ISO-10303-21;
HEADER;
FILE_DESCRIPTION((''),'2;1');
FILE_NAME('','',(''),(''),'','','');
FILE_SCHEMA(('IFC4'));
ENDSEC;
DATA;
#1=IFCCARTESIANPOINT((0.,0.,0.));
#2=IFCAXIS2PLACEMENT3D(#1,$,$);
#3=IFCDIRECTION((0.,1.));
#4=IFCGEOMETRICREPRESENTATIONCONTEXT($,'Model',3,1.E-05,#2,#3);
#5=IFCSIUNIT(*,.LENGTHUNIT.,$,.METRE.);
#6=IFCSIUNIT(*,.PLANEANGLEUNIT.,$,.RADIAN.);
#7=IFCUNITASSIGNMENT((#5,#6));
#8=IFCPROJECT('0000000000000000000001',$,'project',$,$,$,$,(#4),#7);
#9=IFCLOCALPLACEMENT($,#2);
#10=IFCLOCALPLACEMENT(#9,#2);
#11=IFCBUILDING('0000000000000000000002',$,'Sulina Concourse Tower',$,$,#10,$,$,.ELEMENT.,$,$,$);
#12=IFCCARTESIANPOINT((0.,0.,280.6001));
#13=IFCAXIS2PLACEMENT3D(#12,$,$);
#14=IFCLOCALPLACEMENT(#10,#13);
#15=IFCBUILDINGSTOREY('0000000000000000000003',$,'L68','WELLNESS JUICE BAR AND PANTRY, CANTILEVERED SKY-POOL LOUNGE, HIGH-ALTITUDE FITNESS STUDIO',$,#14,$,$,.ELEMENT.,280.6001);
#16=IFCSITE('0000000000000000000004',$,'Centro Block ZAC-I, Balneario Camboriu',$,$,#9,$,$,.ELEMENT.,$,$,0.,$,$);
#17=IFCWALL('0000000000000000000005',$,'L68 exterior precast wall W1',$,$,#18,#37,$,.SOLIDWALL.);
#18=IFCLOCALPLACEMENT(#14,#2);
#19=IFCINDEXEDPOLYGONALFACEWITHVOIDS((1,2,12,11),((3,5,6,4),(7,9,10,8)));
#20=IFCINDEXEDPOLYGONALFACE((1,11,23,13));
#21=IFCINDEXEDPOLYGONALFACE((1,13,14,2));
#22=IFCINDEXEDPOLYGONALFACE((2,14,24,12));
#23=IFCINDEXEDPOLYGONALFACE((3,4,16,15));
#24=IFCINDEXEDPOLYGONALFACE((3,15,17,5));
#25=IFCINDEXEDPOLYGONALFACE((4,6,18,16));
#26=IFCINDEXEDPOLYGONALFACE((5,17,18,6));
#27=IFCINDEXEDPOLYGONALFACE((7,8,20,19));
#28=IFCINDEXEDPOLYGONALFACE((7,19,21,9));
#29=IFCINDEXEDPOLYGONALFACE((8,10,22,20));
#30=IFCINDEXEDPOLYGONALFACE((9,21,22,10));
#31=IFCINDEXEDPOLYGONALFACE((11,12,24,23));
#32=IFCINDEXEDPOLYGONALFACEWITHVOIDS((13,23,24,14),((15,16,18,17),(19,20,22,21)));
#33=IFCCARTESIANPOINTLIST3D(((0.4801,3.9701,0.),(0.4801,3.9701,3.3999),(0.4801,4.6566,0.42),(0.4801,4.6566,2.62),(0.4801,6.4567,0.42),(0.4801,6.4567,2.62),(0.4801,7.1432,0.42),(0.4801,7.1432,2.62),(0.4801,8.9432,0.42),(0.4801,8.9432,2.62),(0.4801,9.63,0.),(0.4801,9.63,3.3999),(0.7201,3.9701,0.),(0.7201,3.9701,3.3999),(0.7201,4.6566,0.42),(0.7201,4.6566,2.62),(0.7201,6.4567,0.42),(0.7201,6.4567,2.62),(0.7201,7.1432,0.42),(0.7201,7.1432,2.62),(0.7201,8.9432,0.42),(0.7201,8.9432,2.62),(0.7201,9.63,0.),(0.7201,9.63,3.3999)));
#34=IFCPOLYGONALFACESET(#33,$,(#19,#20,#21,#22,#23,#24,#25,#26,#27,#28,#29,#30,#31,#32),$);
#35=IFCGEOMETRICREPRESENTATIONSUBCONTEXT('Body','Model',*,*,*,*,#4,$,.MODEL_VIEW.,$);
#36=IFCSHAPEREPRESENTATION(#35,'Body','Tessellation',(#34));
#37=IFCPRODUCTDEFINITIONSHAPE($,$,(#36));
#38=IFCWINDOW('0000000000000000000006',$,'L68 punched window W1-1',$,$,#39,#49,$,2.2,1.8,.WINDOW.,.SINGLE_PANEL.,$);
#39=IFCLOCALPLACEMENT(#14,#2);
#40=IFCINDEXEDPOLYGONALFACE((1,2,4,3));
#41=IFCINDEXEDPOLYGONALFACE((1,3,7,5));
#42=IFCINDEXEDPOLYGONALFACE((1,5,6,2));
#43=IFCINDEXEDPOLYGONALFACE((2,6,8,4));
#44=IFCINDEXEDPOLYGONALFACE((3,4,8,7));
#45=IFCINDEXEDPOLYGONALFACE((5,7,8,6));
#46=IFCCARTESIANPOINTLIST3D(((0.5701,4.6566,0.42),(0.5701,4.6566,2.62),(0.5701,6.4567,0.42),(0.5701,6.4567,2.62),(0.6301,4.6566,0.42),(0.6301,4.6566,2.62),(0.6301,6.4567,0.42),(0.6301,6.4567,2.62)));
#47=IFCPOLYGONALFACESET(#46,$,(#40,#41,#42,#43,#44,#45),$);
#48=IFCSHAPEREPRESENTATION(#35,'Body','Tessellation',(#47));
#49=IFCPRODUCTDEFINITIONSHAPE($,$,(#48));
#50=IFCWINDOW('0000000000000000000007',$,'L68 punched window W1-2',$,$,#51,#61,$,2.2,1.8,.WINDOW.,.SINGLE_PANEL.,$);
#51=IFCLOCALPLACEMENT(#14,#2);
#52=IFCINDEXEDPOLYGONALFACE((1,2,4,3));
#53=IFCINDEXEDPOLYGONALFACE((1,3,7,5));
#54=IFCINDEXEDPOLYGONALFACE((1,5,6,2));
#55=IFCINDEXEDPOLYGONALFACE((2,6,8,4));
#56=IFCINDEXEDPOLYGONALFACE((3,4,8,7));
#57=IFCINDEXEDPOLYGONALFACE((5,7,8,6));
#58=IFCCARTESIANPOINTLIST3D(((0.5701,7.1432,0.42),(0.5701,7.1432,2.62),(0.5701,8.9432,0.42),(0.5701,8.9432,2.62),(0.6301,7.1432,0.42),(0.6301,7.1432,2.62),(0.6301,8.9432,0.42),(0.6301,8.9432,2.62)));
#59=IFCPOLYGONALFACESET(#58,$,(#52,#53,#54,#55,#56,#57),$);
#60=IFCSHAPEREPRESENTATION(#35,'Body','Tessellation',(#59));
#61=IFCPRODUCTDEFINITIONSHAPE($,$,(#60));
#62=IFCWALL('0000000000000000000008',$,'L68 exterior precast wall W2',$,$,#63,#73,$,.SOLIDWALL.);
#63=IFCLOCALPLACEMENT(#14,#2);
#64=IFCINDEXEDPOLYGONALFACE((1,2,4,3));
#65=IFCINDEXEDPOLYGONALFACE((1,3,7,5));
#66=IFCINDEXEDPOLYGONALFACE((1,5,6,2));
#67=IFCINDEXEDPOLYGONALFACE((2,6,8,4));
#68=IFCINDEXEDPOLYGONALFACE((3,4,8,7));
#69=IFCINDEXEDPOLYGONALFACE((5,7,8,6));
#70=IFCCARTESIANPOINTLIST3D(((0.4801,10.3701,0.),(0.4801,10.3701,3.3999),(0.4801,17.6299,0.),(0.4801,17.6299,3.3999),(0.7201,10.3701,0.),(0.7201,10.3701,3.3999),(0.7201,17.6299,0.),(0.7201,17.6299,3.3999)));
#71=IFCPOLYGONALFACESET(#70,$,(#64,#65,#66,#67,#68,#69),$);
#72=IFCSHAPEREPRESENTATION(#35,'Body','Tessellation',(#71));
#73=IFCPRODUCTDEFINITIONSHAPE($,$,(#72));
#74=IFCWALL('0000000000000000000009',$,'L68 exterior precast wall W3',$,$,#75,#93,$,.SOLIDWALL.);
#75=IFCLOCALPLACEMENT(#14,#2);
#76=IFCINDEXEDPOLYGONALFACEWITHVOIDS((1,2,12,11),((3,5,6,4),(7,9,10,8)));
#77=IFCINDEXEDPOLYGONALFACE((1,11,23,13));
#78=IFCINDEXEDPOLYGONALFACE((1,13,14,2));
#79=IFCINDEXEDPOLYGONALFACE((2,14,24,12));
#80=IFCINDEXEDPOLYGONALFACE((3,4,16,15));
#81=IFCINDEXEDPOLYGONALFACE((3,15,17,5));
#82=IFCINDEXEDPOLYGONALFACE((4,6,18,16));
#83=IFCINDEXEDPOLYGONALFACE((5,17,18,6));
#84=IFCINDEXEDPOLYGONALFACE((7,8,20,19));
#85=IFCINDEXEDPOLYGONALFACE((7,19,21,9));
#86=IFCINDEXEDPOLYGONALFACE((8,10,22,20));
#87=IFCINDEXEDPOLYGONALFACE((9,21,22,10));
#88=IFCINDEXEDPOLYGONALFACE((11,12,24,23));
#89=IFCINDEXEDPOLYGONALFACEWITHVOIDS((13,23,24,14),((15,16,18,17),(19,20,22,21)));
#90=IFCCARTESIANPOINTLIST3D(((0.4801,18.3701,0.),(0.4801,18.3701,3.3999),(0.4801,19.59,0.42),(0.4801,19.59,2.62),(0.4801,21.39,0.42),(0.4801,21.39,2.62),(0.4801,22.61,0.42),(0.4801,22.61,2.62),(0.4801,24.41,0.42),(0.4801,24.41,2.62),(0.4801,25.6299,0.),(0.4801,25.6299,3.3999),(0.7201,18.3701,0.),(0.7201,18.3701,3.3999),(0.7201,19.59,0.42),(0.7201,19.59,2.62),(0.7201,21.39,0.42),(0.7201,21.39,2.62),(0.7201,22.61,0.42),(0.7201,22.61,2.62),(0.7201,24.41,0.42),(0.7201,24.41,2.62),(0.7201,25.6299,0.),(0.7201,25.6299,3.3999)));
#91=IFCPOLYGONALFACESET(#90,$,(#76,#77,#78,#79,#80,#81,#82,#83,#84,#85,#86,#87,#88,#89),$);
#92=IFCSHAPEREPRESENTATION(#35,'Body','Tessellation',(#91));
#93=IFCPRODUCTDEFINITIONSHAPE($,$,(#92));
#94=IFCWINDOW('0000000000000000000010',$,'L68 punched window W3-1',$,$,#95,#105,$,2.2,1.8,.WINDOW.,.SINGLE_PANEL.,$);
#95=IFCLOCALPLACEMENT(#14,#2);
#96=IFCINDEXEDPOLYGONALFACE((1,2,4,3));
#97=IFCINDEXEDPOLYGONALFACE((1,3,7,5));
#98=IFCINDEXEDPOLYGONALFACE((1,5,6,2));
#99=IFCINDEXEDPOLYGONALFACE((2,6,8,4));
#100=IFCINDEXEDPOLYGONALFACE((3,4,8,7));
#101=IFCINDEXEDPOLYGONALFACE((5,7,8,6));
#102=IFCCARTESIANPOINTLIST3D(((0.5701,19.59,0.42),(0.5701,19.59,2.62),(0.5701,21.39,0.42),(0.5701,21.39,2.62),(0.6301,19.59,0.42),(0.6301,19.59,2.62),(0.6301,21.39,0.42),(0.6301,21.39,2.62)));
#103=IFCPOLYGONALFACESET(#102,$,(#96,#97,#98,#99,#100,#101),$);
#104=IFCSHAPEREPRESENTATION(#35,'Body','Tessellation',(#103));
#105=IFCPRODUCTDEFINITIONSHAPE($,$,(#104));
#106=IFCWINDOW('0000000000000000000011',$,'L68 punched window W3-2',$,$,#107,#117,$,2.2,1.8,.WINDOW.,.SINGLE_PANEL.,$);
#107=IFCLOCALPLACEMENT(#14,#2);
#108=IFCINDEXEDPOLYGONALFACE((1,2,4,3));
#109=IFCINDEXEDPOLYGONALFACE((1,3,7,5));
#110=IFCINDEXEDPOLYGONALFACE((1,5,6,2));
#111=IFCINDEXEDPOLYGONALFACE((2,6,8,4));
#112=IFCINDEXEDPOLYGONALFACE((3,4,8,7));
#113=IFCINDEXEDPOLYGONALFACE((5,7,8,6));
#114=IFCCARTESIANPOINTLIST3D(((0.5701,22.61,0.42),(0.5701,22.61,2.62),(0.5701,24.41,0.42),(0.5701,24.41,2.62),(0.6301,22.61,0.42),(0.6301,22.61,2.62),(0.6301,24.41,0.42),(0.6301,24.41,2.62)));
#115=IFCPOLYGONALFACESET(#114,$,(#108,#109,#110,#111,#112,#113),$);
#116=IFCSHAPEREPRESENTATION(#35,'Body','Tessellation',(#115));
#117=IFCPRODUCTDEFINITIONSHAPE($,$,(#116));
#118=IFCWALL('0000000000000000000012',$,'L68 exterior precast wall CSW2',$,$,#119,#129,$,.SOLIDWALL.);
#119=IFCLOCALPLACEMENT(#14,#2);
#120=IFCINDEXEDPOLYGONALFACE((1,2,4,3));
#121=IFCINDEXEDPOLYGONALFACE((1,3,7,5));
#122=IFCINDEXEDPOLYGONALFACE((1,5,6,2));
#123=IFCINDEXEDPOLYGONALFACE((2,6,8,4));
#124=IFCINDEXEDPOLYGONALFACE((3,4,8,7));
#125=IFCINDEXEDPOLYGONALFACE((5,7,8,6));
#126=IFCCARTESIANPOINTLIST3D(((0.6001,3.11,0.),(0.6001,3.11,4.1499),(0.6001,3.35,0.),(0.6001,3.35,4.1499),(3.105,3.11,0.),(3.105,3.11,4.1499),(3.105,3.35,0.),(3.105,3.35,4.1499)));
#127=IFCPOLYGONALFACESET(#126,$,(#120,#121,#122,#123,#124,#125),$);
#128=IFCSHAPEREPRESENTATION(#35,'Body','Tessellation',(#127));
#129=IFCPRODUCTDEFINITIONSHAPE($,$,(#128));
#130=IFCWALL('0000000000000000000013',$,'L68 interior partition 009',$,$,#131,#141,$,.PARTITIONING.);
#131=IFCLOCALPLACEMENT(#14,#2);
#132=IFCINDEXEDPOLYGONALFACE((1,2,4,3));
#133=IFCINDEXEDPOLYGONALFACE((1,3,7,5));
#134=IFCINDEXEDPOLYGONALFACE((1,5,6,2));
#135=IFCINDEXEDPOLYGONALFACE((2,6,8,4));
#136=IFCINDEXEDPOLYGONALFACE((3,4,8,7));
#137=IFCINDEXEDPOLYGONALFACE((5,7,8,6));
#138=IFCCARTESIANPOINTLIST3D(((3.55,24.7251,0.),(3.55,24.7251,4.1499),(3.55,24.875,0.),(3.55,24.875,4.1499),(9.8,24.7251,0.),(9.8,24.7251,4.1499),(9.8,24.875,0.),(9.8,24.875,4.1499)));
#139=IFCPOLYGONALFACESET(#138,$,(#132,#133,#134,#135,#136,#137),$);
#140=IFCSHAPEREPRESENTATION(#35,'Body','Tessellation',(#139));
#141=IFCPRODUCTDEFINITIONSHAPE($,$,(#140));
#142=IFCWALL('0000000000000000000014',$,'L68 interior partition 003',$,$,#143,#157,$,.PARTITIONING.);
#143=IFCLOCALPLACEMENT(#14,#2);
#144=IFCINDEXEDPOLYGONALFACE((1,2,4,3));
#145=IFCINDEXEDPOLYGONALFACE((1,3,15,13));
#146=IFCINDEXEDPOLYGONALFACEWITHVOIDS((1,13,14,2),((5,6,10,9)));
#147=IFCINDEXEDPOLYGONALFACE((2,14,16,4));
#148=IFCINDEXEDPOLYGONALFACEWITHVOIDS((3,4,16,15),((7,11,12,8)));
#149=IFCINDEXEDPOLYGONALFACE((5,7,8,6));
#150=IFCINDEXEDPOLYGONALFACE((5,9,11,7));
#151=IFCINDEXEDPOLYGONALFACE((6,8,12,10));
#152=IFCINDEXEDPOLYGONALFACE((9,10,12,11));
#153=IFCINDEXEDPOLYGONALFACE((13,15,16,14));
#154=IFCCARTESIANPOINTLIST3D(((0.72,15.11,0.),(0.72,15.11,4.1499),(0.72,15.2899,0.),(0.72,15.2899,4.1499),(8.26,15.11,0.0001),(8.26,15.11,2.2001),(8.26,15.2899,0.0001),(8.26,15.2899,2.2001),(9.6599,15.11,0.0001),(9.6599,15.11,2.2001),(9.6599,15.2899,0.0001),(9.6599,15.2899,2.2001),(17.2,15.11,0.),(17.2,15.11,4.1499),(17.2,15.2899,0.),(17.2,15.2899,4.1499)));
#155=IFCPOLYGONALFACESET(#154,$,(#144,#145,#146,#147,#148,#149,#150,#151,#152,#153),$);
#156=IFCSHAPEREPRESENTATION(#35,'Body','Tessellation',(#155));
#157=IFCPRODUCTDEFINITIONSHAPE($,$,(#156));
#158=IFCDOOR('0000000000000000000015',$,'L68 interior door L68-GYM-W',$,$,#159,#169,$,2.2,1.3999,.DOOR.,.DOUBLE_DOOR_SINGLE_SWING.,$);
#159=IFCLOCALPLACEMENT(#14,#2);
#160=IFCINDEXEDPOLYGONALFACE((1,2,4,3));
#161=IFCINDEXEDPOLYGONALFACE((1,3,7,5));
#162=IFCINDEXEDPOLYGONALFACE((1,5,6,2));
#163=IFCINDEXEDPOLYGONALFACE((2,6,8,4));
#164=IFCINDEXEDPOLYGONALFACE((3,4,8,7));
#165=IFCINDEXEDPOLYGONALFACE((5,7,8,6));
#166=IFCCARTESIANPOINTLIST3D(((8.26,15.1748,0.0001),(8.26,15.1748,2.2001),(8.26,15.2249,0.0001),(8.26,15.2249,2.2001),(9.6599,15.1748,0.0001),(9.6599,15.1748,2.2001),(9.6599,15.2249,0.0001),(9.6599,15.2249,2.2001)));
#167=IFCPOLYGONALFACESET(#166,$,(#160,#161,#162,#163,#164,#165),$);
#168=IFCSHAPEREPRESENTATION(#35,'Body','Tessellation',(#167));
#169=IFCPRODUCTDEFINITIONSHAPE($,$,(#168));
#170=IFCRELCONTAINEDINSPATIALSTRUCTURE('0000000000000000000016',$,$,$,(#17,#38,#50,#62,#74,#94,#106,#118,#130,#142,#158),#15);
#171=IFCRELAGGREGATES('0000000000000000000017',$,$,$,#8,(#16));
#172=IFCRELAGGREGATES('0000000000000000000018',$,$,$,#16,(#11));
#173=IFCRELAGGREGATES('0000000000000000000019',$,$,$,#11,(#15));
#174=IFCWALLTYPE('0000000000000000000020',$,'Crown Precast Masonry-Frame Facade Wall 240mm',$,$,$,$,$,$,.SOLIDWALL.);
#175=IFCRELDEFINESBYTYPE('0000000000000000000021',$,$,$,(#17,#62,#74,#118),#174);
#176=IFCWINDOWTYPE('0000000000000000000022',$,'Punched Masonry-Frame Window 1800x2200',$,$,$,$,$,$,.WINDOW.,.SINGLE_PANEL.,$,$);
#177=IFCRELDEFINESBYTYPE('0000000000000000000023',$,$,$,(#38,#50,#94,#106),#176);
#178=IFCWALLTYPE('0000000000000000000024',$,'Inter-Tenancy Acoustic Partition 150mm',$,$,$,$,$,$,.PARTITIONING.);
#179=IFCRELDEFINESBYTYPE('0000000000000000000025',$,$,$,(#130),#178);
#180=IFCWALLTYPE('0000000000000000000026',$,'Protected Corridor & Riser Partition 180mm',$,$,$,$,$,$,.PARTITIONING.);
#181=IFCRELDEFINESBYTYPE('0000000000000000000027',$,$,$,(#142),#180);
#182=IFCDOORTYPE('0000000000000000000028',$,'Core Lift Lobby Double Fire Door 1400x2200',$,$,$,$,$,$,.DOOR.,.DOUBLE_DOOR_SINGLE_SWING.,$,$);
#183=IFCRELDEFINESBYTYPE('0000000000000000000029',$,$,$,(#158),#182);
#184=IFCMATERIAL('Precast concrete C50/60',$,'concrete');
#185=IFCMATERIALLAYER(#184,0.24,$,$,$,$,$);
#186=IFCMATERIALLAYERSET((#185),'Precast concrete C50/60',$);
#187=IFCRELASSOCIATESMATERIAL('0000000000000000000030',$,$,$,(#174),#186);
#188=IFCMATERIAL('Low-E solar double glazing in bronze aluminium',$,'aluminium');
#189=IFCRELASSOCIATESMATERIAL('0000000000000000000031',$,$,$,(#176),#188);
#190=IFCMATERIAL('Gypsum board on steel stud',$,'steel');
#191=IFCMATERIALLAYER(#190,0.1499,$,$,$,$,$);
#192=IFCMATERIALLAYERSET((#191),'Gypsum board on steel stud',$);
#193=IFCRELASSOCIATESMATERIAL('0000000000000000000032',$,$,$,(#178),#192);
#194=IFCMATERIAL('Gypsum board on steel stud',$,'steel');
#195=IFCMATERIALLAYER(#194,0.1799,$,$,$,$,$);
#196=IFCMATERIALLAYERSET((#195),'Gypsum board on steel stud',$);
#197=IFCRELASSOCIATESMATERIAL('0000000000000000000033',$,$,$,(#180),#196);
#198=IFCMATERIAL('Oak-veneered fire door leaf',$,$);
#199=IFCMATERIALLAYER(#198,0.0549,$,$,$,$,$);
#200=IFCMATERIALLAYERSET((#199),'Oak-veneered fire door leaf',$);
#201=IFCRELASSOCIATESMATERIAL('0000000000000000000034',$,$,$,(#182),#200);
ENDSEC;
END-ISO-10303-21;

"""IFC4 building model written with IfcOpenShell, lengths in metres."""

from ifc_helpers import new_model, si_unit, direction, frame, frame_2d, origin, place, context, subcontext, project, spatial, rectangle, extrude, material, layer, layer_set, type_object, element, fill, save


model = new_model("IFC4")

# Units and contexts
model_context = context("Model", 3, precision=1e-05, world=origin(), true_north=direction((0.0, 1.0)))
body_context = subcontext(model_context, "Body", "Model", "MODEL_VIEW")
ifc_project = project(units=[si_unit("LENGTHUNIT", "METRE"), si_unit("PLANEANGLEUNIT", "RADIAN")], contexts=[model_context])

# Site, building, storey
site_placement = place(None, origin())
site = spatial("IfcSite", under=ifc_project, at=site_placement, Name="Centro Block ZAC-I, Balneario Camboriu", CompositionType="ELEMENT", RefElevation=0.0)
building_placement = place(site_placement, origin())
building = spatial("IfcBuilding", under=site, at=building_placement, Name="Sulina Concourse Tower", CompositionType="ELEMENT")
storey_placement = place(building_placement, frame((0.0, 0.0, 280.6001)))
storey = spatial("IfcBuildingStorey", under=building, at=storey_placement, Name="L68", Description="WELLNESS JUICE BAR AND PANTRY, CANTILEVERED SKY-POOL LOUNGE, HIGH-ALTITUDE FITNESS STUDIO", CompositionType="ELEMENT", Elevation=280.6001)

# Wall, openings, windows
ifc_material_1 = material(Name="Precast concrete C50/60", Category="concrete")
ifc_layer_1 = layer(ifc_material_1, 0.24)
ifc_layer_set_1 = layer_set([ifc_layer_1], Name="Precast concrete C50/60")
wall_type_1 = type_object("IfcWallType", Name="Crown Precast Masonry-Frame Facade Wall 240mm", PredefinedType="SOLIDWALL", material=ifc_layer_set_1)
wall_1_placement = place(storey_placement, frame((0.6001, 3.97, 0.0), z_axis=(0.0, 0.0, 1.0), x_axis=(0.0, 1.0, 0.0)))
wall_1 = element("IfcWall", 1, at=wall_1_placement, inside=storey, type_object=wall_type_1, Name="L68 exterior precast wall W1", PredefinedType="SOLIDWALL", context=body_context, shape_type="SweptSolid", body=[
    extrude(rectangle(XDim=5.6599, YDim=0.24, at=frame_2d((2.8301, 0.0))), origin(), (0.0, 0.0, 1.0), 3.3999),
])
opening_1_placement = place(wall_1_placement, frame((0.6868, 0.0, 0.4199)))
opening_1 = element("IfcOpeningElement", 2, at=opening_1_placement, cuts=wall_1, PredefinedType="OPENING", context=body_context, shape_type="SweptSolid", body=[
    extrude(rectangle(XDim=1.8, YDim=2.2, at=frame_2d((0.8999, 1.1001))), frame((0.0, 0.1299, 0.0), z_axis=(0.0, -1.0, 0.0), x_axis=(1.0, 0.0, 0.0)), (0.0, 0.0, 1.0), 0.26),
])
opening_2_placement = place(wall_1_placement, frame((3.1733, 0.0, 0.4199)))
opening_2 = element("IfcOpeningElement", 3, at=opening_2_placement, cuts=wall_1, PredefinedType="OPENING", context=body_context, shape_type="SweptSolid", body=[
    extrude(rectangle(XDim=1.8, YDim=2.2, at=frame_2d((0.8999, 1.1001))), frame((0.0, 0.1299, 0.0), z_axis=(0.0, -1.0, 0.0), x_axis=(1.0, 0.0, 0.0)), (0.0, 0.0, 1.0), 0.26),
])
ifc_material_2 = material(Name="Low-E solar double glazing in bronze aluminium", Category="aluminium")
window_type = type_object("IfcWindowType", Name="Punched Masonry-Frame Window 1800x2200", PartitioningType="SINGLE_PANEL", PredefinedType="WINDOW", material=ifc_material_2)
window_1_placement = place(opening_1_placement, origin())
window_1 = element("IfcWindow", 4, at=window_1_placement, inside=storey, type_object=window_type, Name="L68 punched window W1-1", OverallHeight=2.2, OverallWidth=1.8, PartitioningType="SINGLE_PANEL", PredefinedType="WINDOW", context=body_context, shape_type="SweptSolid", body=[
    extrude(rectangle(XDim=1.8, YDim=2.2, at=frame_2d((0.8999, 1.1001))), frame((0.0, 0.03, 0.0), z_axis=(0.0, -1.0, 0.0), x_axis=(1.0, 0.0, 0.0)), (0.0, 0.0, 1.0), 0.0601),
])
fill(opening_1, window_1)
window_2_placement = place(opening_2_placement, origin())
window_2 = element("IfcWindow", 5, at=window_2_placement, inside=storey, type_object=window_type, Name="L68 punched window W1-2", OverallHeight=2.2, OverallWidth=1.8, PartitioningType="SINGLE_PANEL", PredefinedType="WINDOW", context=body_context, shape_type="SweptSolid", body=[
    extrude(rectangle(XDim=1.8, YDim=2.2, at=frame_2d((0.8999, 1.1001))), frame((0.0, 0.03, 0.0), z_axis=(0.0, -1.0, 0.0), x_axis=(1.0, 0.0, 0.0)), (0.0, 0.0, 1.0), 0.0601),
])
fill(opening_2, window_2)

# Wall
wall_2_placement = place(storey_placement, frame((0.6001, 10.3701, 0.0), z_axis=(0.0, 0.0, 1.0), x_axis=(0.0, 1.0, 0.0)))
element("IfcWall", 6, at=wall_2_placement, inside=storey, type_object=wall_type_1, Name="L68 exterior precast wall W2", PredefinedType="SOLIDWALL", context=body_context, shape_type="SweptSolid", body=[
    extrude(rectangle(XDim=7.2598, YDim=0.24, at=frame_2d((3.6299, 0.0))), origin(), (0.0, 0.0, 1.0), 3.3999),
])

# Wall, openings, windows
wall_3_placement = place(storey_placement, frame((0.6001, 18.3701, 0.0), z_axis=(0.0, 0.0, 1.0), x_axis=(0.0, 1.0, 0.0)))
wall_3 = element("IfcWall", 7, at=wall_3_placement, inside=storey, type_object=wall_type_1, Name="L68 exterior precast wall W3", PredefinedType="SOLIDWALL", context=body_context, shape_type="SweptSolid", body=[
    extrude(rectangle(XDim=7.2598, YDim=0.24, at=frame_2d((3.6299, 0.0))), origin(), (0.0, 0.0, 1.0), 3.3999),
])
opening_3_placement = place(wall_3_placement, frame((1.22, 0.0, 0.4199)))
opening_3 = element("IfcOpeningElement", 8, at=opening_3_placement, cuts=wall_3, PredefinedType="OPENING", context=body_context, shape_type="SweptSolid", body=[
    extrude(rectangle(XDim=1.8, YDim=2.2, at=frame_2d((0.8999, 1.1001))), frame((0.0, 0.1299, 0.0), z_axis=(0.0, -1.0, 0.0), x_axis=(1.0, 0.0, 0.0)), (0.0, 0.0, 1.0), 0.26),
])
opening_4_placement = place(wall_3_placement, frame((4.24, 0.0, 0.4199)))
opening_4 = element("IfcOpeningElement", 9, at=opening_4_placement, cuts=wall_3, PredefinedType="OPENING", context=body_context, shape_type="SweptSolid", body=[
    extrude(rectangle(XDim=1.8, YDim=2.2, at=frame_2d((0.8999, 1.1001))), frame((0.0, 0.1299, 0.0), z_axis=(0.0, -1.0, 0.0), x_axis=(1.0, 0.0, 0.0)), (0.0, 0.0, 1.0), 0.26),
])
window_3_placement = place(opening_3_placement, origin())
window_3 = element("IfcWindow", 10, at=window_3_placement, inside=storey, type_object=window_type, Name="L68 punched window W3-1", OverallHeight=2.2, OverallWidth=1.8, PartitioningType="SINGLE_PANEL", PredefinedType="WINDOW", context=body_context, shape_type="SweptSolid", body=[
    extrude(rectangle(XDim=1.8, YDim=2.2, at=frame_2d((0.8999, 1.1001))), frame((0.0, 0.03, 0.0), z_axis=(0.0, -1.0, 0.0), x_axis=(1.0, 0.0, 0.0)), (0.0, 0.0, 1.0), 0.0601),
])
fill(opening_3, window_3)
window_4_placement = place(opening_4_placement, origin())
window_4 = element("IfcWindow", 11, at=window_4_placement, inside=storey, type_object=window_type, Name="L68 punched window W3-2", OverallHeight=2.2, OverallWidth=1.8, PartitioningType="SINGLE_PANEL", PredefinedType="WINDOW", context=body_context, shape_type="SweptSolid", body=[
    extrude(rectangle(XDim=1.8, YDim=2.2, at=frame_2d((0.8999, 1.1001))), frame((0.0, 0.03, 0.0), z_axis=(0.0, -1.0, 0.0), x_axis=(1.0, 0.0, 0.0)), (0.0, 0.0, 1.0), 0.0601),
])
fill(opening_4, window_4)

# Walls
wall_4_placement = place(storey_placement, frame((3.105, 3.23, 0.0), z_axis=(0.0, 0.0, 1.0), x_axis=(-1.0, 0.0, 0.0)))
element("IfcWall", 12, at=wall_4_placement, inside=storey, type_object=wall_type_1, Name="L68 exterior precast wall CSW2", PredefinedType="SOLIDWALL", context=body_context, shape_type="SweptSolid", body=[
    extrude(rectangle(XDim=2.5049, YDim=0.24, at=frame_2d((1.2524, 0.0))), origin(), (0.0, 0.0, 1.0), 4.1499),
])
ifc_material_3 = material(Name="Gypsum board on steel stud", Category="steel")
ifc_layer_2 = layer(ifc_material_3, 0.1499)
ifc_layer_set_2 = layer_set([ifc_layer_2], Name="Gypsum board on steel stud")
wall_type_2 = type_object("IfcWallType", Name="Inter-Tenancy Acoustic Partition 150mm", PredefinedType="PARTITIONING", material=ifc_layer_set_2)
wall_5_placement = place(storey_placement, frame((3.55, 24.8, 0.0), z_axis=(0.0, 0.0, 1.0), x_axis=(1.0, 0.0, 0.0)))
element("IfcWall", 13, at=wall_5_placement, inside=storey, type_object=wall_type_2, Name="L68 interior partition 009", PredefinedType="PARTITIONING", context=body_context, shape_type="SweptSolid", body=[
    extrude(rectangle(XDim=6.25, YDim=0.1499, at=frame_2d((3.125, 0.0))), origin(), (0.0, 0.0, 1.0), 4.1499),
])

# Wall, opening, door
ifc_material_4 = material(Name="Gypsum board on steel stud", Category="steel")
ifc_layer_3 = layer(ifc_material_4, 0.1799)
ifc_layer_set_3 = layer_set([ifc_layer_3], Name="Gypsum board on steel stud")
wall_type_3 = type_object("IfcWallType", Name="Protected Corridor & Riser Partition 180mm", PredefinedType="PARTITIONING", material=ifc_layer_set_3)
wall_6_placement = place(storey_placement, frame((0.72, 15.2, 0.0), z_axis=(0.0, 0.0, 1.0), x_axis=(1.0, 0.0, 0.0)))
wall_6 = element("IfcWall", 14, at=wall_6_placement, inside=storey, type_object=wall_type_3, Name="L68 interior partition 003", PredefinedType="PARTITIONING", context=body_context, shape_type="SweptSolid", body=[
    extrude(rectangle(XDim=16.48, YDim=0.1799, at=frame_2d((8.24, 0.0))), origin(), (0.0, 0.0, 1.0), 4.1499),
])
opening_5_placement = place(wall_6_placement, frame((7.54, 0.0, 0.0)))
opening_5 = element("IfcOpeningElement", 15, at=opening_5_placement, cuts=wall_6, PredefinedType="OPENING", context=body_context, shape_type="SweptSolid", body=[
    extrude(rectangle(XDim=1.3999, YDim=2.2, at=frame_2d((0.7, 1.1001))), frame((0.0, 0.0999, 0.0), z_axis=(0.0, -1.0, 0.0), x_axis=(1.0, 0.0, 0.0)), (0.0, 0.0, 1.0), 0.2),
])
ifc_material_5 = material(Name="Oak-veneered fire door leaf")
ifc_layer_4 = layer(ifc_material_5, 0.0549)
ifc_layer_set_4 = layer_set([ifc_layer_4], Name="Oak-veneered fire door leaf")
door_type_1 = type_object("IfcDoorType", Name="Core Lift Lobby Double Fire Door 1400x2200", OperationType="DOUBLE_DOOR_SINGLE_SWING", PredefinedType="DOOR", material=ifc_layer_set_4)
door_1_placement = place(opening_5_placement, origin())
door_1 = element("IfcDoor", 16, at=door_1_placement, inside=storey, type_object=door_type_1, Name="L68 interior door L68-GYM-W", OperationType="DOUBLE_DOOR_SINGLE_SWING", OverallHeight=2.2, OverallWidth=1.3999, PredefinedType="DOOR", context=body_context, shape_type="SweptSolid", body=[
    extrude(rectangle(XDim=1.3999, YDim=2.2, at=frame_2d((0.7, 1.1001))), frame((0.0, 0.0249, 0.0), z_axis=(0.0, -1.0, 0.0), x_axis=(1.0, 0.0, 0.0)), (0.0, 0.0, 1.0), 0.05),
])
fill(opening_5, door_1)

save(model, "model.ifc")
